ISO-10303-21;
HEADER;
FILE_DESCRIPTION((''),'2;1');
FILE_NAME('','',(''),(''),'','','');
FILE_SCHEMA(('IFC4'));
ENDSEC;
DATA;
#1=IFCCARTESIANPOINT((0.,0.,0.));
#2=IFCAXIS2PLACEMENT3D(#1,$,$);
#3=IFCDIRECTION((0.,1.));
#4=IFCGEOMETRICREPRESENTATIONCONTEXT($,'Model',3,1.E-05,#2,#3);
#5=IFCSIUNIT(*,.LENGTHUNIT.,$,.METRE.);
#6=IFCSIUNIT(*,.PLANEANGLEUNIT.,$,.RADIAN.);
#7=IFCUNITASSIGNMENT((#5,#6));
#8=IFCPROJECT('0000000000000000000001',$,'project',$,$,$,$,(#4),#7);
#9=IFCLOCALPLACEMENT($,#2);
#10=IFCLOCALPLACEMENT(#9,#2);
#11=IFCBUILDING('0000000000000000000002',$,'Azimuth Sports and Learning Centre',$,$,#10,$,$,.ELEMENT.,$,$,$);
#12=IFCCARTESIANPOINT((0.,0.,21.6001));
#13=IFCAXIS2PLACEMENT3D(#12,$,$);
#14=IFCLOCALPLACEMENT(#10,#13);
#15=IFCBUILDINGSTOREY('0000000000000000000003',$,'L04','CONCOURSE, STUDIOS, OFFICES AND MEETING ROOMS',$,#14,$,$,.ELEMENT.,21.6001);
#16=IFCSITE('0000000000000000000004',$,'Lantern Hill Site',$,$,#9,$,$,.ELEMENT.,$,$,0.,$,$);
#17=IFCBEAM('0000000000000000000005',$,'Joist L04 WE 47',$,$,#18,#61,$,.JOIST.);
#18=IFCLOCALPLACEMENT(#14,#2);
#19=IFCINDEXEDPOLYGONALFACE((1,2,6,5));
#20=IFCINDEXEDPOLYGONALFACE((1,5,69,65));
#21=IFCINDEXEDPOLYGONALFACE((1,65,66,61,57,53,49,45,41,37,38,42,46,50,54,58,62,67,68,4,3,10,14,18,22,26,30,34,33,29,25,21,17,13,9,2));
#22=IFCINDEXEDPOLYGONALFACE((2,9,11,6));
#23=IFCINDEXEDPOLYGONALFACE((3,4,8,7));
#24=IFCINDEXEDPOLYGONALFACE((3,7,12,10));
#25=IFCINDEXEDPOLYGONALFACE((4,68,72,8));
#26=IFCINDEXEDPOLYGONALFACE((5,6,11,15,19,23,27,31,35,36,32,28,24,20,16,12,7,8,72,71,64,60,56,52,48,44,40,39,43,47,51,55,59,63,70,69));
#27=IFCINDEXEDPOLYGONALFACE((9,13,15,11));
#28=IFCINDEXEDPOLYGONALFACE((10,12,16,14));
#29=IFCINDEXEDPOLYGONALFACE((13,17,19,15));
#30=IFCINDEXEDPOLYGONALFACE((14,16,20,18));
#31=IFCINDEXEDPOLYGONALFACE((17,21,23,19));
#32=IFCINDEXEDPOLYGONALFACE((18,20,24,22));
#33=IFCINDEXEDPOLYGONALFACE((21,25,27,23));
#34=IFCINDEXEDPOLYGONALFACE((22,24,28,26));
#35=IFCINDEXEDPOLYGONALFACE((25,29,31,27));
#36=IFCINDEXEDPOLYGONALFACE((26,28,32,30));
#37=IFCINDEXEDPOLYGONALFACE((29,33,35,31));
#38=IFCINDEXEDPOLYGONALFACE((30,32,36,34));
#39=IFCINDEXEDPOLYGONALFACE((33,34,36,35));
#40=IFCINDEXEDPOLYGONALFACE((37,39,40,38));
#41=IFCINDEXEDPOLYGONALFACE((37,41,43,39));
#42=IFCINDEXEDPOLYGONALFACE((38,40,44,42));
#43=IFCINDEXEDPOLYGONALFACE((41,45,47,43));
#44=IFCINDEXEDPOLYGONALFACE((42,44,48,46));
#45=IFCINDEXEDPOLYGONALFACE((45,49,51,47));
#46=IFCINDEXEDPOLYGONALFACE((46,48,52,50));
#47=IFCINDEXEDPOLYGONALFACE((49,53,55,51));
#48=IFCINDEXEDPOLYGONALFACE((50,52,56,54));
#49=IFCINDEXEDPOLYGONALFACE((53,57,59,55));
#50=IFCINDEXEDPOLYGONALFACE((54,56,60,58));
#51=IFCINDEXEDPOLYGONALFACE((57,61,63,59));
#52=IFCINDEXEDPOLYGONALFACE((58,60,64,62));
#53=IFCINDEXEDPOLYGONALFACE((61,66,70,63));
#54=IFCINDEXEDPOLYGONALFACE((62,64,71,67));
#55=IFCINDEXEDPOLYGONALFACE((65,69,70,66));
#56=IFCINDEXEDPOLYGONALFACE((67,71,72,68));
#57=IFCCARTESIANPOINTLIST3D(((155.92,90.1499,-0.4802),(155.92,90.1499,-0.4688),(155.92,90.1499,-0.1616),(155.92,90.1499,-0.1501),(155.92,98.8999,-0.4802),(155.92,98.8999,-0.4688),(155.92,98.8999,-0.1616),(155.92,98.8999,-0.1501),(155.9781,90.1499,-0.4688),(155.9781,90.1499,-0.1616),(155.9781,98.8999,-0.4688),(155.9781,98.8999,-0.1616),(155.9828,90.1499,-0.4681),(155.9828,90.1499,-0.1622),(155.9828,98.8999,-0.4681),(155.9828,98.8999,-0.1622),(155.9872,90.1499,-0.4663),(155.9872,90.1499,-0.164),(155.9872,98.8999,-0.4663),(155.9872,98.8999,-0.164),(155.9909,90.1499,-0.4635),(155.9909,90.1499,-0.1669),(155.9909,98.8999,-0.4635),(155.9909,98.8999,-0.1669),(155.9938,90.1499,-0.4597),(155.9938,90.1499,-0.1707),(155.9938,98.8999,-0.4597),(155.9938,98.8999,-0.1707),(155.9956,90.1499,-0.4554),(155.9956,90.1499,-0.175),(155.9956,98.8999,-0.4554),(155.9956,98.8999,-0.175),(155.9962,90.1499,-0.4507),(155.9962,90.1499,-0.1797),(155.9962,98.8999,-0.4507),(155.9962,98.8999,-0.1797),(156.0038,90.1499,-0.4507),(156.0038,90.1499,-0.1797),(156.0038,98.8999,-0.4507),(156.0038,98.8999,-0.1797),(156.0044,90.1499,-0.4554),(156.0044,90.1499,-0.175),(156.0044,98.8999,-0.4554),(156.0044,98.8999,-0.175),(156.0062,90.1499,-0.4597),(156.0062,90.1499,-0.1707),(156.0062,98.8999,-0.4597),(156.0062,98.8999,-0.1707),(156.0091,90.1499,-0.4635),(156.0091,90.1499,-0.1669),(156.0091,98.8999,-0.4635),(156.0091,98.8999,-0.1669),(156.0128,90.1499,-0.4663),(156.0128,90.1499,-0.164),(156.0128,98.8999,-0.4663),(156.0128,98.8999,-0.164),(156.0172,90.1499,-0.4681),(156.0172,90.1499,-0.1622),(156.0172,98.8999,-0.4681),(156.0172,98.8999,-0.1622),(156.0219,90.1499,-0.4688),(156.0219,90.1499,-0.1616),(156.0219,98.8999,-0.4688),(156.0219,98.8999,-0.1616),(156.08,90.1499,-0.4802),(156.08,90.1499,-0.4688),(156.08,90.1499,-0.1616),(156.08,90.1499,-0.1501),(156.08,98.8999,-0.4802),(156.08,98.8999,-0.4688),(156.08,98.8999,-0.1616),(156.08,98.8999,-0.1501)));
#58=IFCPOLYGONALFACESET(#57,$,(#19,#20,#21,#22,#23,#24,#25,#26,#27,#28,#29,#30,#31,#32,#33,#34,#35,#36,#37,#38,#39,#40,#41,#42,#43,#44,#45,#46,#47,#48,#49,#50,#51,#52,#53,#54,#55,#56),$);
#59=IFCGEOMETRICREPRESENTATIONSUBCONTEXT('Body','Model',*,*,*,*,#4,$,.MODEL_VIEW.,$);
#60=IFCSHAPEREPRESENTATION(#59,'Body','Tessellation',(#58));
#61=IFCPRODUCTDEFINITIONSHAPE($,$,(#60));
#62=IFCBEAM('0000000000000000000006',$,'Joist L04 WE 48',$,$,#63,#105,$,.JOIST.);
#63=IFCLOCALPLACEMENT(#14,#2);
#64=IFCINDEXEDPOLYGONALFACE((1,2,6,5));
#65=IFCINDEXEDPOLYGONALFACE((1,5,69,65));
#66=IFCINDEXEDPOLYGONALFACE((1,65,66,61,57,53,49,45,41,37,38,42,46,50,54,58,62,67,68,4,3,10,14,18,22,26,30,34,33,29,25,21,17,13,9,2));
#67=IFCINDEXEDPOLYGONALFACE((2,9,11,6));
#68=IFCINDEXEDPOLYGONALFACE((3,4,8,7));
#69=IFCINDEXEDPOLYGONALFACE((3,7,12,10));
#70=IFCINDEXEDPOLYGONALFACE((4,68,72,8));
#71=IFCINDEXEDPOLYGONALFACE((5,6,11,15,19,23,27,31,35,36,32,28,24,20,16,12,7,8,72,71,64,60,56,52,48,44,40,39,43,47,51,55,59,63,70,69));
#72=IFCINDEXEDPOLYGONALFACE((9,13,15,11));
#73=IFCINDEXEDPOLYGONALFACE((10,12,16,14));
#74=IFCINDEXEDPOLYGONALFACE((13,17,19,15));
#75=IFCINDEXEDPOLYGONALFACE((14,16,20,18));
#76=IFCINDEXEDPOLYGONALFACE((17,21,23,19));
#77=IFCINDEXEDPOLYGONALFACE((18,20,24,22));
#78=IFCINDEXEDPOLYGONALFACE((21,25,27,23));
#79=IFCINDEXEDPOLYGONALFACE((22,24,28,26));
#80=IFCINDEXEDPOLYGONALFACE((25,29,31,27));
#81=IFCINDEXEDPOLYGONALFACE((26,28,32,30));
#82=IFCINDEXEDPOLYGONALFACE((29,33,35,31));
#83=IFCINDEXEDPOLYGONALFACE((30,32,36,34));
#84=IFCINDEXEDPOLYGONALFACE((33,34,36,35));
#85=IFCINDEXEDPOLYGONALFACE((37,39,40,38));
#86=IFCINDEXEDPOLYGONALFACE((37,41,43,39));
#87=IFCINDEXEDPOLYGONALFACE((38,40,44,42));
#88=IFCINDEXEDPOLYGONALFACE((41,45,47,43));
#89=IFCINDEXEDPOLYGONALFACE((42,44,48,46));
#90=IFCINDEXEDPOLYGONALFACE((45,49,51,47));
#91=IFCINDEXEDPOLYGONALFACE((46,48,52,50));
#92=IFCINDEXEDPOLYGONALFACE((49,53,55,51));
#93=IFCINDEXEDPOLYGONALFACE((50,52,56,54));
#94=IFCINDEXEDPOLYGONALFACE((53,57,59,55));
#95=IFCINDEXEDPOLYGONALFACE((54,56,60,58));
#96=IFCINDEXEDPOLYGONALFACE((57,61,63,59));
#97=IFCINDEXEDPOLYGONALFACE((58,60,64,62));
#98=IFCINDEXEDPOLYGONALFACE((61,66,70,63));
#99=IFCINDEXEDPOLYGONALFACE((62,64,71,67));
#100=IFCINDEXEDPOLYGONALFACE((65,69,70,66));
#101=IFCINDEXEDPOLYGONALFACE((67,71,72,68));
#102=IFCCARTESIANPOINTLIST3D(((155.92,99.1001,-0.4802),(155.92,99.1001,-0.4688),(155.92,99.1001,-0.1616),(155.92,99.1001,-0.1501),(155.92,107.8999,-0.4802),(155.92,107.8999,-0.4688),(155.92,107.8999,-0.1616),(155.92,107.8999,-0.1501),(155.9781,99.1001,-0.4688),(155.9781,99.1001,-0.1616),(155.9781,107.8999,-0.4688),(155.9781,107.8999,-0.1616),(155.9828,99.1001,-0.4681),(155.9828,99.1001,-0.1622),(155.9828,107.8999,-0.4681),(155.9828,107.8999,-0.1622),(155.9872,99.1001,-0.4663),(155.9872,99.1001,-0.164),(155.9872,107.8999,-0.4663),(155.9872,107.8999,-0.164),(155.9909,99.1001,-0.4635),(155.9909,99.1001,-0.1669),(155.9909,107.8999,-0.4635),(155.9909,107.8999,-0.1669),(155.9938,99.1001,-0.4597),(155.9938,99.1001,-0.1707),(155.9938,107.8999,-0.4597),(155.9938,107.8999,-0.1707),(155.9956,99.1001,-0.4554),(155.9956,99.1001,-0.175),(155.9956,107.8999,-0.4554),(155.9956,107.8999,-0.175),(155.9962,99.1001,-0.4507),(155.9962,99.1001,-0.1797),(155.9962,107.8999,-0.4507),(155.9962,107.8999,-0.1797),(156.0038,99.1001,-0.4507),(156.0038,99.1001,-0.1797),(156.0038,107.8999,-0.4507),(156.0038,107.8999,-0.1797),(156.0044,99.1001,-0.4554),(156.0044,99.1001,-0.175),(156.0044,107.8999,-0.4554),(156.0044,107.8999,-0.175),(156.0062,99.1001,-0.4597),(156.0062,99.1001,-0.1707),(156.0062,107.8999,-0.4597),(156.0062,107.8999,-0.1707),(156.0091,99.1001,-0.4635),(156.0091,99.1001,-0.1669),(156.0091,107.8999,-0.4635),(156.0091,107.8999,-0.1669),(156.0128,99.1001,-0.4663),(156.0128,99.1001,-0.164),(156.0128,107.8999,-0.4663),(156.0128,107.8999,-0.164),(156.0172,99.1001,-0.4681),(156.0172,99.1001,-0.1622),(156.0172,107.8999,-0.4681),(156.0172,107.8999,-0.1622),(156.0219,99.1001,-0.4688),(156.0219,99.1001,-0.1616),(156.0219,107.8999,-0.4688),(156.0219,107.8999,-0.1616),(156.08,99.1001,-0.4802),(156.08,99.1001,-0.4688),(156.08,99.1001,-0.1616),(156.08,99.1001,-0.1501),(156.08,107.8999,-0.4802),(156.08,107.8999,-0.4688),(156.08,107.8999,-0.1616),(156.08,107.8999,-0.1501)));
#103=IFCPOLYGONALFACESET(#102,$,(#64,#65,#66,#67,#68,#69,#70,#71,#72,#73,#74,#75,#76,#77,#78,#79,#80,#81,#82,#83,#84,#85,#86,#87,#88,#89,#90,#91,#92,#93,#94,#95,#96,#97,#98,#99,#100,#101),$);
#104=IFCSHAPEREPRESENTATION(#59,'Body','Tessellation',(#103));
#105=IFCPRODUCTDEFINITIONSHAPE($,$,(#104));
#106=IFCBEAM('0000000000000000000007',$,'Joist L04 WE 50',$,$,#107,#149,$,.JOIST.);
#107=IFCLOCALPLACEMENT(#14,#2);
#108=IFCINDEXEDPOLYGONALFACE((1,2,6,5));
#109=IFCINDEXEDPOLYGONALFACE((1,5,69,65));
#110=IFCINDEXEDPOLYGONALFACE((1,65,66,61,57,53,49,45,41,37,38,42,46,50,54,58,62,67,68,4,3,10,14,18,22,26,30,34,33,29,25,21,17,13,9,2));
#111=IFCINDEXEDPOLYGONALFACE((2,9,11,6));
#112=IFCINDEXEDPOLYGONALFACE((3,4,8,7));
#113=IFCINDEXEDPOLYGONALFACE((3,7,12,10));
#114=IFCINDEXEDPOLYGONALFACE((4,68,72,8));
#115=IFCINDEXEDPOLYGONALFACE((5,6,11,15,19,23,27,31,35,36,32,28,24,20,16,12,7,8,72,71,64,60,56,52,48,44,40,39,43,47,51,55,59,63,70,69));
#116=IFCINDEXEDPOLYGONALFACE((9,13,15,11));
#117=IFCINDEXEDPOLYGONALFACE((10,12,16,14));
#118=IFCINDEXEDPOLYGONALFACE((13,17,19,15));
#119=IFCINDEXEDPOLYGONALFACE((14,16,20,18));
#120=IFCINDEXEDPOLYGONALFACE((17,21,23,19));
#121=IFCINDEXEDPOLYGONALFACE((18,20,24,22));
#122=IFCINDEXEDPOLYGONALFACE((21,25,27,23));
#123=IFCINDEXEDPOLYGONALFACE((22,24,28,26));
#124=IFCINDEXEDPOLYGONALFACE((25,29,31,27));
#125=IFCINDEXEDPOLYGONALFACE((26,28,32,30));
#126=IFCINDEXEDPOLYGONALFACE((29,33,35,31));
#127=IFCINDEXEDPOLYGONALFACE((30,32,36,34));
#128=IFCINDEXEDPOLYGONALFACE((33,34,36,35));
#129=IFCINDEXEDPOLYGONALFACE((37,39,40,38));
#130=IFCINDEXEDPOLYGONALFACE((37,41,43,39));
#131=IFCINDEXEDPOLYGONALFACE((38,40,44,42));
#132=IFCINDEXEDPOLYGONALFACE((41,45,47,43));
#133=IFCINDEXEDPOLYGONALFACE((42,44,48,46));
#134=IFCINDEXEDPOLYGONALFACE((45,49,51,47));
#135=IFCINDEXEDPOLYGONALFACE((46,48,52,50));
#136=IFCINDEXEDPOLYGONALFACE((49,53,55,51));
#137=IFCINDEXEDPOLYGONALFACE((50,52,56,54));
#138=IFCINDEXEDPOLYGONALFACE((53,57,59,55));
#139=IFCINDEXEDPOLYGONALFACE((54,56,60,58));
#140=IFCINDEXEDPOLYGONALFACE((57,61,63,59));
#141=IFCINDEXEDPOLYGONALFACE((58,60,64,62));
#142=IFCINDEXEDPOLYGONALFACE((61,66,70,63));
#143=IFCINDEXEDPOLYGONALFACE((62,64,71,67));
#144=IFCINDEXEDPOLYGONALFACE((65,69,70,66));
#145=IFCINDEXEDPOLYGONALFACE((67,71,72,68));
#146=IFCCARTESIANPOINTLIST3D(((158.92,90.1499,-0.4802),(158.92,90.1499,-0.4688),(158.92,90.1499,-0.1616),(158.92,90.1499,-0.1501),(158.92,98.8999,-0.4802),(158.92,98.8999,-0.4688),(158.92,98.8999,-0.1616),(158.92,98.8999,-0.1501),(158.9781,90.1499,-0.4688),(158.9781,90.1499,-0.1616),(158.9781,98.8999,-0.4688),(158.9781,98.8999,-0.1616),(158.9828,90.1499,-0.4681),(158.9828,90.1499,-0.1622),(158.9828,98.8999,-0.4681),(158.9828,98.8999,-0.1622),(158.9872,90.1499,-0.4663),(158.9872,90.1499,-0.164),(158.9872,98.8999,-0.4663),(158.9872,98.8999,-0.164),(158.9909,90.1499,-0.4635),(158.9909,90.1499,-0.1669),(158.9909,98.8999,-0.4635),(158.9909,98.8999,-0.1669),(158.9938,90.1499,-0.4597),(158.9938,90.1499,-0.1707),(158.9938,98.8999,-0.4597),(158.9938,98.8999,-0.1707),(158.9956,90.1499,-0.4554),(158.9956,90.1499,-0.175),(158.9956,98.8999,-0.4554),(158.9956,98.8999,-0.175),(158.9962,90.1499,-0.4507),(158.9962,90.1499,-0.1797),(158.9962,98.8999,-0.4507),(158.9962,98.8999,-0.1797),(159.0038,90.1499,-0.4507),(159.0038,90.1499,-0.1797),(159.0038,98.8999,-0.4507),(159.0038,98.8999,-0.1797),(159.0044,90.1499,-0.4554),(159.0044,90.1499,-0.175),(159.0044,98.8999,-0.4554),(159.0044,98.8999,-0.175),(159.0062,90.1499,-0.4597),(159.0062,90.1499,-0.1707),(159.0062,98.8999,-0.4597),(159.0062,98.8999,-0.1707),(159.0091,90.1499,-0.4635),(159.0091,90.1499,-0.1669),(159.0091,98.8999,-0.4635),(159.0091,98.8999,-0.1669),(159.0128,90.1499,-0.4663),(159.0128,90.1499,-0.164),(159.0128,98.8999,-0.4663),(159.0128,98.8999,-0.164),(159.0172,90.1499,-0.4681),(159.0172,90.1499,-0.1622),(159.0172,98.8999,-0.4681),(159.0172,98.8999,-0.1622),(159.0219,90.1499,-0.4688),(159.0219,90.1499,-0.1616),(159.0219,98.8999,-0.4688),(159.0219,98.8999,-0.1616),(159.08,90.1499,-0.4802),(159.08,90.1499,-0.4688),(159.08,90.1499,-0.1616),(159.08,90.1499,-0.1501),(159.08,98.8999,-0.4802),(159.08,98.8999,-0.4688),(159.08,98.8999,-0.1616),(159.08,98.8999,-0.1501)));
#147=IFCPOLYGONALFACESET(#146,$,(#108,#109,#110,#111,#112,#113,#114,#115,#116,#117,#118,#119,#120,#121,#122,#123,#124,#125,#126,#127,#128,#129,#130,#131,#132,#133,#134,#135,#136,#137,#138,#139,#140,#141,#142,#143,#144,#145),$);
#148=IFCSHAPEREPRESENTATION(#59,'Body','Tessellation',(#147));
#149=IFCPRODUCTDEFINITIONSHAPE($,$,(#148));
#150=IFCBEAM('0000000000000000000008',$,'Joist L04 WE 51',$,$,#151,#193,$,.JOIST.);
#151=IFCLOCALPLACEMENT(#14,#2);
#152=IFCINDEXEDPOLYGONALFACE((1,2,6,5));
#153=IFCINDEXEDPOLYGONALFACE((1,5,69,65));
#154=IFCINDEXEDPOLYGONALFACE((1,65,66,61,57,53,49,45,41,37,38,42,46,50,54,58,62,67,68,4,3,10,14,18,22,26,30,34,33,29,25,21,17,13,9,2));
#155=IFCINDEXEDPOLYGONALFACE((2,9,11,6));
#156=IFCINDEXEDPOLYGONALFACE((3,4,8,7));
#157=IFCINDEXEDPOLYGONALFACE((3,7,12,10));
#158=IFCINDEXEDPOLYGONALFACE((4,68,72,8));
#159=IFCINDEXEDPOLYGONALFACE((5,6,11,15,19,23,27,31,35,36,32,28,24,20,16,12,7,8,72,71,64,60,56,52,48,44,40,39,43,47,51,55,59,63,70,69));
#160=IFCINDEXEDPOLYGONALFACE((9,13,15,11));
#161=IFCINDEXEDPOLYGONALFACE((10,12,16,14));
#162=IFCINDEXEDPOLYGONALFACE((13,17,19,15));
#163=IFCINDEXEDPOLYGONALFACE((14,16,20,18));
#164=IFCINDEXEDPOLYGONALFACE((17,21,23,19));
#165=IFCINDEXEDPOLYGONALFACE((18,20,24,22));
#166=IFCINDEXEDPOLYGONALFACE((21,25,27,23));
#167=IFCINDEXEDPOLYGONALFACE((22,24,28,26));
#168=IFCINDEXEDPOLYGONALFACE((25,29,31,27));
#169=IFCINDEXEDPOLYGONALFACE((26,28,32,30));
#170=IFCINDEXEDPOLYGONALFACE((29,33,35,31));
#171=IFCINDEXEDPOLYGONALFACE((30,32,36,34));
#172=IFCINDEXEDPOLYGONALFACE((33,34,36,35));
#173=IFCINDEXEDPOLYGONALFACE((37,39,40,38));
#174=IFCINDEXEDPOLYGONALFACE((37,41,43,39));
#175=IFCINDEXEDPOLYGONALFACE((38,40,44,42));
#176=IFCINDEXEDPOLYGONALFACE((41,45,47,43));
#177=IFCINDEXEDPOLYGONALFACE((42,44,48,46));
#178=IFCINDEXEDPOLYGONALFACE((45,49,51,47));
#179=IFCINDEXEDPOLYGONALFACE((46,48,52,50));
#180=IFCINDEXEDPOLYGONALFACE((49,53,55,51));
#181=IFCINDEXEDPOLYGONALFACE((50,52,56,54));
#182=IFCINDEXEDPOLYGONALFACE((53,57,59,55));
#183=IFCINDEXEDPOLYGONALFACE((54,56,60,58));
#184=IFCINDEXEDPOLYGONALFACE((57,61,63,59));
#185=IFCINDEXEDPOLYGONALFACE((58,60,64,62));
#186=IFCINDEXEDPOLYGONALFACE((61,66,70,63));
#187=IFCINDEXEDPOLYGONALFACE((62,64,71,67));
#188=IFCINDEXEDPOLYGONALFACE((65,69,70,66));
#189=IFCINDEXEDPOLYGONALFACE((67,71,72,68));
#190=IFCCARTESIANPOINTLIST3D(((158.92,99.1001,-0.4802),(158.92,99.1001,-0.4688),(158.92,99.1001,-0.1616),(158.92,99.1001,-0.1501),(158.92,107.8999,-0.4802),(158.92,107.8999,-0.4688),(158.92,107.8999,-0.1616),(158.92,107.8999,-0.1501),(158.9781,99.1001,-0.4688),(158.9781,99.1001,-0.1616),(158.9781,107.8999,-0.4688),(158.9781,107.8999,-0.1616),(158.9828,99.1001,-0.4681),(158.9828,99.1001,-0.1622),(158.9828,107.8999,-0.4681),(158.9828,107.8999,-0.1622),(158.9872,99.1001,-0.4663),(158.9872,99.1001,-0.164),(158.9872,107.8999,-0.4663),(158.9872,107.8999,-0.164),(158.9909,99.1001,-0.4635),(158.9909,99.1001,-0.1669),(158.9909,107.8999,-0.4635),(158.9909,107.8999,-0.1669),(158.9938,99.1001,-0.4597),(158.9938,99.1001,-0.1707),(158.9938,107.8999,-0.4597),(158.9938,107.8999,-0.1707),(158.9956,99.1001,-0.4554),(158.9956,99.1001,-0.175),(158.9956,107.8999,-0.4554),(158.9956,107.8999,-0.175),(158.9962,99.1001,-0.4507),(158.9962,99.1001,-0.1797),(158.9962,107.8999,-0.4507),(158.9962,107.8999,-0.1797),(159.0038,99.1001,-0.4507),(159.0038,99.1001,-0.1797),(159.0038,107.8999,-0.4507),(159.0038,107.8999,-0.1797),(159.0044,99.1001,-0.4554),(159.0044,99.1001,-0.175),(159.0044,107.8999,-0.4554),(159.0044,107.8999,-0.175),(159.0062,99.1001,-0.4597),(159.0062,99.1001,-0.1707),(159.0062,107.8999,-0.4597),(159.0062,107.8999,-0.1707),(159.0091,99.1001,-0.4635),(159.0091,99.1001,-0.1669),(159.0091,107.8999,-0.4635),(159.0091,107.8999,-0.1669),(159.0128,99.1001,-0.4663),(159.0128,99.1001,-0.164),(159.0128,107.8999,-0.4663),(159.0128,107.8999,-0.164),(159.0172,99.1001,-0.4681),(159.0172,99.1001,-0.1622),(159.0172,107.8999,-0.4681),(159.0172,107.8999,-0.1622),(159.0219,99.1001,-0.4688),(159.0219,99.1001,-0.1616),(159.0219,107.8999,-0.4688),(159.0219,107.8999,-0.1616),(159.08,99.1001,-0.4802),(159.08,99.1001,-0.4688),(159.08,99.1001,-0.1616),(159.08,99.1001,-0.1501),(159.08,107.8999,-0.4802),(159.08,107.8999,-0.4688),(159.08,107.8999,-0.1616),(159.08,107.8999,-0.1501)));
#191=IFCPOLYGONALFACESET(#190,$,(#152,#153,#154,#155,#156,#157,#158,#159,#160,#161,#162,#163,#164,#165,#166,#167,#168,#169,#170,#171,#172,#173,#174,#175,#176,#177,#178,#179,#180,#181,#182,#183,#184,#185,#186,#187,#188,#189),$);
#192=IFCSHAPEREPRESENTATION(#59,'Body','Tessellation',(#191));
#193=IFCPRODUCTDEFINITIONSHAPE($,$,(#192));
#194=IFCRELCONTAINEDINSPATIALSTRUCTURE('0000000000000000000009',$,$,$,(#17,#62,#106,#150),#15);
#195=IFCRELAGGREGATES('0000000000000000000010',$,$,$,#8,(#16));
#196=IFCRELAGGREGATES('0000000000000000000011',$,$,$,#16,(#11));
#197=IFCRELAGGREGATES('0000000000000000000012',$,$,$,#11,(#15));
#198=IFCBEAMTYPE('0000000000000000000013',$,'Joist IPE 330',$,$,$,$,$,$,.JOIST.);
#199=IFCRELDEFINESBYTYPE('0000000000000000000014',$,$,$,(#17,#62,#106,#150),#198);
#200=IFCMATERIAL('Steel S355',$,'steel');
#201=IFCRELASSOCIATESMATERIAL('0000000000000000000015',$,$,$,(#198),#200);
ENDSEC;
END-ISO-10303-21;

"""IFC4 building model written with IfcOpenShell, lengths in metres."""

from ifc_helpers import new_model, si_unit, direction, frame, origin, origin_2d, place, context, subcontext, project, spatial, i_section, extrude, material, material_profile, profile_set, type_object, element, save


model = new_model("IFC4")

# Units and contexts
model_context = context("Model", 3, precision=1e-05, world=origin(), true_north=direction((0.0, 1.0)))
body_context = subcontext(model_context, "Body", "Model", "MODEL_VIEW")
ifc_project = project(units=[si_unit("LENGTHUNIT", "METRE"), si_unit("PLANEANGLEUNIT", "RADIAN")], contexts=[model_context])

# Site, building, storey
site_placement = place(None, origin())
site = spatial("IfcSite", under=ifc_project, at=site_placement, Name="Lantern Hill Site", CompositionType="ELEMENT", RefElevation=0.0)
building_placement = place(site_placement, origin())
building = spatial("IfcBuilding", under=site, at=building_placement, Name="Azimuth Sports and Learning Centre", CompositionType="ELEMENT")
storey_placement = place(building_placement, frame((0.0, 0.0, 21.6001)))
storey = spatial("IfcBuildingStorey", under=building, at=storey_placement, Name="L04", Description="CONCOURSE, STUDIOS, OFFICES AND MEETING ROOMS", CompositionType="ELEMENT", Elevation=21.6001)

# Beams
ifc_material_1 = material(Name="Steel S355", Category="steel")
ifc_material_profile_1 = material_profile(ifc_material_1, i_section(OverallWidth=0.1599, OverallDepth=0.3301, WebThickness=0.0076, FlangeThickness=0.0115, FilletRadius=0.0181, at=origin_2d()), Name="IPE 330")
ifc_profile_set_1 = profile_set([ifc_material_profile_1], Name="Steel S355")
beam_type_1 = type_object("IfcBeamType", Name="Joist IPE 330", PredefinedType="JOIST", material=ifc_profile_set_1)
beam_1_placement = place(storey_placement, frame((156.0, 90.1499, -0.3152), z_axis=(0.0, 1.0, 0.0), x_axis=(-1.0, 0.0, 0.0)))
element("IfcBeam", 1, at=beam_1_placement, inside=storey, type_object=beam_type_1, Name="Joist L04 WE 47", PredefinedType="JOIST", context=body_context, shape_type="SweptSolid", body=[
    extrude(i_section(OverallWidth=0.1599, OverallDepth=0.3301, WebThickness=0.0076, FlangeThickness=0.0115, FilletRadius=0.0181, at=origin_2d()), origin(), (0.0, 0.0, 1.0), 8.75),
])
beam_2_placement = place(storey_placement, frame((156.0, 99.1001, -0.3152), z_axis=(0.0, 1.0, 0.0), x_axis=(-1.0, 0.0, 0.0)))
element("IfcBeam", 2, at=beam_2_placement, inside=storey, type_object=beam_type_1, Name="Joist L04 WE 48", PredefinedType="JOIST", context=body_context, shape_type="SweptSolid", body=[
    extrude(i_section(OverallWidth=0.1599, OverallDepth=0.3301, WebThickness=0.0076, FlangeThickness=0.0115, FilletRadius=0.0181, at=origin_2d()), origin(), (0.0, 0.0, 1.0), 8.7998),
])
beam_3_placement = place(storey_placement, frame((159.0, 90.1499, -0.3152), z_axis=(0.0, 1.0, 0.0), x_axis=(-1.0, 0.0, 0.0)))
element("IfcBeam", 3, at=beam_3_placement, inside=storey, type_object=beam_type_1, Name="Joist L04 WE 50", PredefinedType="JOIST", context=body_context, shape_type="SweptSolid", body=[
    extrude(i_section(OverallWidth=0.1599, OverallDepth=0.3301, WebThickness=0.0076, FlangeThickness=0.0115, FilletRadius=0.0181, at=origin_2d()), origin(), (0.0, 0.0, 1.0), 8.75),
])
beam_4_placement = place(storey_placement, frame((159.0, 99.1001, -0.3152), z_axis=(0.0, 1.0, 0.0), x_axis=(-1.0, 0.0, 0.0)))
element("IfcBeam", 4, at=beam_4_placement, inside=storey, type_object=beam_type_1, Name="Joist L04 WE 51", PredefinedType="JOIST", context=body_context, shape_type="SweptSolid", body=[
    extrude(i_section(OverallWidth=0.1599, OverallDepth=0.3301, WebThickness=0.0076, FlangeThickness=0.0115, FilletRadius=0.0181, at=origin_2d()), origin(), (0.0, 0.0, 1.0), 8.7998),
])

save(model, "model.ifc")
